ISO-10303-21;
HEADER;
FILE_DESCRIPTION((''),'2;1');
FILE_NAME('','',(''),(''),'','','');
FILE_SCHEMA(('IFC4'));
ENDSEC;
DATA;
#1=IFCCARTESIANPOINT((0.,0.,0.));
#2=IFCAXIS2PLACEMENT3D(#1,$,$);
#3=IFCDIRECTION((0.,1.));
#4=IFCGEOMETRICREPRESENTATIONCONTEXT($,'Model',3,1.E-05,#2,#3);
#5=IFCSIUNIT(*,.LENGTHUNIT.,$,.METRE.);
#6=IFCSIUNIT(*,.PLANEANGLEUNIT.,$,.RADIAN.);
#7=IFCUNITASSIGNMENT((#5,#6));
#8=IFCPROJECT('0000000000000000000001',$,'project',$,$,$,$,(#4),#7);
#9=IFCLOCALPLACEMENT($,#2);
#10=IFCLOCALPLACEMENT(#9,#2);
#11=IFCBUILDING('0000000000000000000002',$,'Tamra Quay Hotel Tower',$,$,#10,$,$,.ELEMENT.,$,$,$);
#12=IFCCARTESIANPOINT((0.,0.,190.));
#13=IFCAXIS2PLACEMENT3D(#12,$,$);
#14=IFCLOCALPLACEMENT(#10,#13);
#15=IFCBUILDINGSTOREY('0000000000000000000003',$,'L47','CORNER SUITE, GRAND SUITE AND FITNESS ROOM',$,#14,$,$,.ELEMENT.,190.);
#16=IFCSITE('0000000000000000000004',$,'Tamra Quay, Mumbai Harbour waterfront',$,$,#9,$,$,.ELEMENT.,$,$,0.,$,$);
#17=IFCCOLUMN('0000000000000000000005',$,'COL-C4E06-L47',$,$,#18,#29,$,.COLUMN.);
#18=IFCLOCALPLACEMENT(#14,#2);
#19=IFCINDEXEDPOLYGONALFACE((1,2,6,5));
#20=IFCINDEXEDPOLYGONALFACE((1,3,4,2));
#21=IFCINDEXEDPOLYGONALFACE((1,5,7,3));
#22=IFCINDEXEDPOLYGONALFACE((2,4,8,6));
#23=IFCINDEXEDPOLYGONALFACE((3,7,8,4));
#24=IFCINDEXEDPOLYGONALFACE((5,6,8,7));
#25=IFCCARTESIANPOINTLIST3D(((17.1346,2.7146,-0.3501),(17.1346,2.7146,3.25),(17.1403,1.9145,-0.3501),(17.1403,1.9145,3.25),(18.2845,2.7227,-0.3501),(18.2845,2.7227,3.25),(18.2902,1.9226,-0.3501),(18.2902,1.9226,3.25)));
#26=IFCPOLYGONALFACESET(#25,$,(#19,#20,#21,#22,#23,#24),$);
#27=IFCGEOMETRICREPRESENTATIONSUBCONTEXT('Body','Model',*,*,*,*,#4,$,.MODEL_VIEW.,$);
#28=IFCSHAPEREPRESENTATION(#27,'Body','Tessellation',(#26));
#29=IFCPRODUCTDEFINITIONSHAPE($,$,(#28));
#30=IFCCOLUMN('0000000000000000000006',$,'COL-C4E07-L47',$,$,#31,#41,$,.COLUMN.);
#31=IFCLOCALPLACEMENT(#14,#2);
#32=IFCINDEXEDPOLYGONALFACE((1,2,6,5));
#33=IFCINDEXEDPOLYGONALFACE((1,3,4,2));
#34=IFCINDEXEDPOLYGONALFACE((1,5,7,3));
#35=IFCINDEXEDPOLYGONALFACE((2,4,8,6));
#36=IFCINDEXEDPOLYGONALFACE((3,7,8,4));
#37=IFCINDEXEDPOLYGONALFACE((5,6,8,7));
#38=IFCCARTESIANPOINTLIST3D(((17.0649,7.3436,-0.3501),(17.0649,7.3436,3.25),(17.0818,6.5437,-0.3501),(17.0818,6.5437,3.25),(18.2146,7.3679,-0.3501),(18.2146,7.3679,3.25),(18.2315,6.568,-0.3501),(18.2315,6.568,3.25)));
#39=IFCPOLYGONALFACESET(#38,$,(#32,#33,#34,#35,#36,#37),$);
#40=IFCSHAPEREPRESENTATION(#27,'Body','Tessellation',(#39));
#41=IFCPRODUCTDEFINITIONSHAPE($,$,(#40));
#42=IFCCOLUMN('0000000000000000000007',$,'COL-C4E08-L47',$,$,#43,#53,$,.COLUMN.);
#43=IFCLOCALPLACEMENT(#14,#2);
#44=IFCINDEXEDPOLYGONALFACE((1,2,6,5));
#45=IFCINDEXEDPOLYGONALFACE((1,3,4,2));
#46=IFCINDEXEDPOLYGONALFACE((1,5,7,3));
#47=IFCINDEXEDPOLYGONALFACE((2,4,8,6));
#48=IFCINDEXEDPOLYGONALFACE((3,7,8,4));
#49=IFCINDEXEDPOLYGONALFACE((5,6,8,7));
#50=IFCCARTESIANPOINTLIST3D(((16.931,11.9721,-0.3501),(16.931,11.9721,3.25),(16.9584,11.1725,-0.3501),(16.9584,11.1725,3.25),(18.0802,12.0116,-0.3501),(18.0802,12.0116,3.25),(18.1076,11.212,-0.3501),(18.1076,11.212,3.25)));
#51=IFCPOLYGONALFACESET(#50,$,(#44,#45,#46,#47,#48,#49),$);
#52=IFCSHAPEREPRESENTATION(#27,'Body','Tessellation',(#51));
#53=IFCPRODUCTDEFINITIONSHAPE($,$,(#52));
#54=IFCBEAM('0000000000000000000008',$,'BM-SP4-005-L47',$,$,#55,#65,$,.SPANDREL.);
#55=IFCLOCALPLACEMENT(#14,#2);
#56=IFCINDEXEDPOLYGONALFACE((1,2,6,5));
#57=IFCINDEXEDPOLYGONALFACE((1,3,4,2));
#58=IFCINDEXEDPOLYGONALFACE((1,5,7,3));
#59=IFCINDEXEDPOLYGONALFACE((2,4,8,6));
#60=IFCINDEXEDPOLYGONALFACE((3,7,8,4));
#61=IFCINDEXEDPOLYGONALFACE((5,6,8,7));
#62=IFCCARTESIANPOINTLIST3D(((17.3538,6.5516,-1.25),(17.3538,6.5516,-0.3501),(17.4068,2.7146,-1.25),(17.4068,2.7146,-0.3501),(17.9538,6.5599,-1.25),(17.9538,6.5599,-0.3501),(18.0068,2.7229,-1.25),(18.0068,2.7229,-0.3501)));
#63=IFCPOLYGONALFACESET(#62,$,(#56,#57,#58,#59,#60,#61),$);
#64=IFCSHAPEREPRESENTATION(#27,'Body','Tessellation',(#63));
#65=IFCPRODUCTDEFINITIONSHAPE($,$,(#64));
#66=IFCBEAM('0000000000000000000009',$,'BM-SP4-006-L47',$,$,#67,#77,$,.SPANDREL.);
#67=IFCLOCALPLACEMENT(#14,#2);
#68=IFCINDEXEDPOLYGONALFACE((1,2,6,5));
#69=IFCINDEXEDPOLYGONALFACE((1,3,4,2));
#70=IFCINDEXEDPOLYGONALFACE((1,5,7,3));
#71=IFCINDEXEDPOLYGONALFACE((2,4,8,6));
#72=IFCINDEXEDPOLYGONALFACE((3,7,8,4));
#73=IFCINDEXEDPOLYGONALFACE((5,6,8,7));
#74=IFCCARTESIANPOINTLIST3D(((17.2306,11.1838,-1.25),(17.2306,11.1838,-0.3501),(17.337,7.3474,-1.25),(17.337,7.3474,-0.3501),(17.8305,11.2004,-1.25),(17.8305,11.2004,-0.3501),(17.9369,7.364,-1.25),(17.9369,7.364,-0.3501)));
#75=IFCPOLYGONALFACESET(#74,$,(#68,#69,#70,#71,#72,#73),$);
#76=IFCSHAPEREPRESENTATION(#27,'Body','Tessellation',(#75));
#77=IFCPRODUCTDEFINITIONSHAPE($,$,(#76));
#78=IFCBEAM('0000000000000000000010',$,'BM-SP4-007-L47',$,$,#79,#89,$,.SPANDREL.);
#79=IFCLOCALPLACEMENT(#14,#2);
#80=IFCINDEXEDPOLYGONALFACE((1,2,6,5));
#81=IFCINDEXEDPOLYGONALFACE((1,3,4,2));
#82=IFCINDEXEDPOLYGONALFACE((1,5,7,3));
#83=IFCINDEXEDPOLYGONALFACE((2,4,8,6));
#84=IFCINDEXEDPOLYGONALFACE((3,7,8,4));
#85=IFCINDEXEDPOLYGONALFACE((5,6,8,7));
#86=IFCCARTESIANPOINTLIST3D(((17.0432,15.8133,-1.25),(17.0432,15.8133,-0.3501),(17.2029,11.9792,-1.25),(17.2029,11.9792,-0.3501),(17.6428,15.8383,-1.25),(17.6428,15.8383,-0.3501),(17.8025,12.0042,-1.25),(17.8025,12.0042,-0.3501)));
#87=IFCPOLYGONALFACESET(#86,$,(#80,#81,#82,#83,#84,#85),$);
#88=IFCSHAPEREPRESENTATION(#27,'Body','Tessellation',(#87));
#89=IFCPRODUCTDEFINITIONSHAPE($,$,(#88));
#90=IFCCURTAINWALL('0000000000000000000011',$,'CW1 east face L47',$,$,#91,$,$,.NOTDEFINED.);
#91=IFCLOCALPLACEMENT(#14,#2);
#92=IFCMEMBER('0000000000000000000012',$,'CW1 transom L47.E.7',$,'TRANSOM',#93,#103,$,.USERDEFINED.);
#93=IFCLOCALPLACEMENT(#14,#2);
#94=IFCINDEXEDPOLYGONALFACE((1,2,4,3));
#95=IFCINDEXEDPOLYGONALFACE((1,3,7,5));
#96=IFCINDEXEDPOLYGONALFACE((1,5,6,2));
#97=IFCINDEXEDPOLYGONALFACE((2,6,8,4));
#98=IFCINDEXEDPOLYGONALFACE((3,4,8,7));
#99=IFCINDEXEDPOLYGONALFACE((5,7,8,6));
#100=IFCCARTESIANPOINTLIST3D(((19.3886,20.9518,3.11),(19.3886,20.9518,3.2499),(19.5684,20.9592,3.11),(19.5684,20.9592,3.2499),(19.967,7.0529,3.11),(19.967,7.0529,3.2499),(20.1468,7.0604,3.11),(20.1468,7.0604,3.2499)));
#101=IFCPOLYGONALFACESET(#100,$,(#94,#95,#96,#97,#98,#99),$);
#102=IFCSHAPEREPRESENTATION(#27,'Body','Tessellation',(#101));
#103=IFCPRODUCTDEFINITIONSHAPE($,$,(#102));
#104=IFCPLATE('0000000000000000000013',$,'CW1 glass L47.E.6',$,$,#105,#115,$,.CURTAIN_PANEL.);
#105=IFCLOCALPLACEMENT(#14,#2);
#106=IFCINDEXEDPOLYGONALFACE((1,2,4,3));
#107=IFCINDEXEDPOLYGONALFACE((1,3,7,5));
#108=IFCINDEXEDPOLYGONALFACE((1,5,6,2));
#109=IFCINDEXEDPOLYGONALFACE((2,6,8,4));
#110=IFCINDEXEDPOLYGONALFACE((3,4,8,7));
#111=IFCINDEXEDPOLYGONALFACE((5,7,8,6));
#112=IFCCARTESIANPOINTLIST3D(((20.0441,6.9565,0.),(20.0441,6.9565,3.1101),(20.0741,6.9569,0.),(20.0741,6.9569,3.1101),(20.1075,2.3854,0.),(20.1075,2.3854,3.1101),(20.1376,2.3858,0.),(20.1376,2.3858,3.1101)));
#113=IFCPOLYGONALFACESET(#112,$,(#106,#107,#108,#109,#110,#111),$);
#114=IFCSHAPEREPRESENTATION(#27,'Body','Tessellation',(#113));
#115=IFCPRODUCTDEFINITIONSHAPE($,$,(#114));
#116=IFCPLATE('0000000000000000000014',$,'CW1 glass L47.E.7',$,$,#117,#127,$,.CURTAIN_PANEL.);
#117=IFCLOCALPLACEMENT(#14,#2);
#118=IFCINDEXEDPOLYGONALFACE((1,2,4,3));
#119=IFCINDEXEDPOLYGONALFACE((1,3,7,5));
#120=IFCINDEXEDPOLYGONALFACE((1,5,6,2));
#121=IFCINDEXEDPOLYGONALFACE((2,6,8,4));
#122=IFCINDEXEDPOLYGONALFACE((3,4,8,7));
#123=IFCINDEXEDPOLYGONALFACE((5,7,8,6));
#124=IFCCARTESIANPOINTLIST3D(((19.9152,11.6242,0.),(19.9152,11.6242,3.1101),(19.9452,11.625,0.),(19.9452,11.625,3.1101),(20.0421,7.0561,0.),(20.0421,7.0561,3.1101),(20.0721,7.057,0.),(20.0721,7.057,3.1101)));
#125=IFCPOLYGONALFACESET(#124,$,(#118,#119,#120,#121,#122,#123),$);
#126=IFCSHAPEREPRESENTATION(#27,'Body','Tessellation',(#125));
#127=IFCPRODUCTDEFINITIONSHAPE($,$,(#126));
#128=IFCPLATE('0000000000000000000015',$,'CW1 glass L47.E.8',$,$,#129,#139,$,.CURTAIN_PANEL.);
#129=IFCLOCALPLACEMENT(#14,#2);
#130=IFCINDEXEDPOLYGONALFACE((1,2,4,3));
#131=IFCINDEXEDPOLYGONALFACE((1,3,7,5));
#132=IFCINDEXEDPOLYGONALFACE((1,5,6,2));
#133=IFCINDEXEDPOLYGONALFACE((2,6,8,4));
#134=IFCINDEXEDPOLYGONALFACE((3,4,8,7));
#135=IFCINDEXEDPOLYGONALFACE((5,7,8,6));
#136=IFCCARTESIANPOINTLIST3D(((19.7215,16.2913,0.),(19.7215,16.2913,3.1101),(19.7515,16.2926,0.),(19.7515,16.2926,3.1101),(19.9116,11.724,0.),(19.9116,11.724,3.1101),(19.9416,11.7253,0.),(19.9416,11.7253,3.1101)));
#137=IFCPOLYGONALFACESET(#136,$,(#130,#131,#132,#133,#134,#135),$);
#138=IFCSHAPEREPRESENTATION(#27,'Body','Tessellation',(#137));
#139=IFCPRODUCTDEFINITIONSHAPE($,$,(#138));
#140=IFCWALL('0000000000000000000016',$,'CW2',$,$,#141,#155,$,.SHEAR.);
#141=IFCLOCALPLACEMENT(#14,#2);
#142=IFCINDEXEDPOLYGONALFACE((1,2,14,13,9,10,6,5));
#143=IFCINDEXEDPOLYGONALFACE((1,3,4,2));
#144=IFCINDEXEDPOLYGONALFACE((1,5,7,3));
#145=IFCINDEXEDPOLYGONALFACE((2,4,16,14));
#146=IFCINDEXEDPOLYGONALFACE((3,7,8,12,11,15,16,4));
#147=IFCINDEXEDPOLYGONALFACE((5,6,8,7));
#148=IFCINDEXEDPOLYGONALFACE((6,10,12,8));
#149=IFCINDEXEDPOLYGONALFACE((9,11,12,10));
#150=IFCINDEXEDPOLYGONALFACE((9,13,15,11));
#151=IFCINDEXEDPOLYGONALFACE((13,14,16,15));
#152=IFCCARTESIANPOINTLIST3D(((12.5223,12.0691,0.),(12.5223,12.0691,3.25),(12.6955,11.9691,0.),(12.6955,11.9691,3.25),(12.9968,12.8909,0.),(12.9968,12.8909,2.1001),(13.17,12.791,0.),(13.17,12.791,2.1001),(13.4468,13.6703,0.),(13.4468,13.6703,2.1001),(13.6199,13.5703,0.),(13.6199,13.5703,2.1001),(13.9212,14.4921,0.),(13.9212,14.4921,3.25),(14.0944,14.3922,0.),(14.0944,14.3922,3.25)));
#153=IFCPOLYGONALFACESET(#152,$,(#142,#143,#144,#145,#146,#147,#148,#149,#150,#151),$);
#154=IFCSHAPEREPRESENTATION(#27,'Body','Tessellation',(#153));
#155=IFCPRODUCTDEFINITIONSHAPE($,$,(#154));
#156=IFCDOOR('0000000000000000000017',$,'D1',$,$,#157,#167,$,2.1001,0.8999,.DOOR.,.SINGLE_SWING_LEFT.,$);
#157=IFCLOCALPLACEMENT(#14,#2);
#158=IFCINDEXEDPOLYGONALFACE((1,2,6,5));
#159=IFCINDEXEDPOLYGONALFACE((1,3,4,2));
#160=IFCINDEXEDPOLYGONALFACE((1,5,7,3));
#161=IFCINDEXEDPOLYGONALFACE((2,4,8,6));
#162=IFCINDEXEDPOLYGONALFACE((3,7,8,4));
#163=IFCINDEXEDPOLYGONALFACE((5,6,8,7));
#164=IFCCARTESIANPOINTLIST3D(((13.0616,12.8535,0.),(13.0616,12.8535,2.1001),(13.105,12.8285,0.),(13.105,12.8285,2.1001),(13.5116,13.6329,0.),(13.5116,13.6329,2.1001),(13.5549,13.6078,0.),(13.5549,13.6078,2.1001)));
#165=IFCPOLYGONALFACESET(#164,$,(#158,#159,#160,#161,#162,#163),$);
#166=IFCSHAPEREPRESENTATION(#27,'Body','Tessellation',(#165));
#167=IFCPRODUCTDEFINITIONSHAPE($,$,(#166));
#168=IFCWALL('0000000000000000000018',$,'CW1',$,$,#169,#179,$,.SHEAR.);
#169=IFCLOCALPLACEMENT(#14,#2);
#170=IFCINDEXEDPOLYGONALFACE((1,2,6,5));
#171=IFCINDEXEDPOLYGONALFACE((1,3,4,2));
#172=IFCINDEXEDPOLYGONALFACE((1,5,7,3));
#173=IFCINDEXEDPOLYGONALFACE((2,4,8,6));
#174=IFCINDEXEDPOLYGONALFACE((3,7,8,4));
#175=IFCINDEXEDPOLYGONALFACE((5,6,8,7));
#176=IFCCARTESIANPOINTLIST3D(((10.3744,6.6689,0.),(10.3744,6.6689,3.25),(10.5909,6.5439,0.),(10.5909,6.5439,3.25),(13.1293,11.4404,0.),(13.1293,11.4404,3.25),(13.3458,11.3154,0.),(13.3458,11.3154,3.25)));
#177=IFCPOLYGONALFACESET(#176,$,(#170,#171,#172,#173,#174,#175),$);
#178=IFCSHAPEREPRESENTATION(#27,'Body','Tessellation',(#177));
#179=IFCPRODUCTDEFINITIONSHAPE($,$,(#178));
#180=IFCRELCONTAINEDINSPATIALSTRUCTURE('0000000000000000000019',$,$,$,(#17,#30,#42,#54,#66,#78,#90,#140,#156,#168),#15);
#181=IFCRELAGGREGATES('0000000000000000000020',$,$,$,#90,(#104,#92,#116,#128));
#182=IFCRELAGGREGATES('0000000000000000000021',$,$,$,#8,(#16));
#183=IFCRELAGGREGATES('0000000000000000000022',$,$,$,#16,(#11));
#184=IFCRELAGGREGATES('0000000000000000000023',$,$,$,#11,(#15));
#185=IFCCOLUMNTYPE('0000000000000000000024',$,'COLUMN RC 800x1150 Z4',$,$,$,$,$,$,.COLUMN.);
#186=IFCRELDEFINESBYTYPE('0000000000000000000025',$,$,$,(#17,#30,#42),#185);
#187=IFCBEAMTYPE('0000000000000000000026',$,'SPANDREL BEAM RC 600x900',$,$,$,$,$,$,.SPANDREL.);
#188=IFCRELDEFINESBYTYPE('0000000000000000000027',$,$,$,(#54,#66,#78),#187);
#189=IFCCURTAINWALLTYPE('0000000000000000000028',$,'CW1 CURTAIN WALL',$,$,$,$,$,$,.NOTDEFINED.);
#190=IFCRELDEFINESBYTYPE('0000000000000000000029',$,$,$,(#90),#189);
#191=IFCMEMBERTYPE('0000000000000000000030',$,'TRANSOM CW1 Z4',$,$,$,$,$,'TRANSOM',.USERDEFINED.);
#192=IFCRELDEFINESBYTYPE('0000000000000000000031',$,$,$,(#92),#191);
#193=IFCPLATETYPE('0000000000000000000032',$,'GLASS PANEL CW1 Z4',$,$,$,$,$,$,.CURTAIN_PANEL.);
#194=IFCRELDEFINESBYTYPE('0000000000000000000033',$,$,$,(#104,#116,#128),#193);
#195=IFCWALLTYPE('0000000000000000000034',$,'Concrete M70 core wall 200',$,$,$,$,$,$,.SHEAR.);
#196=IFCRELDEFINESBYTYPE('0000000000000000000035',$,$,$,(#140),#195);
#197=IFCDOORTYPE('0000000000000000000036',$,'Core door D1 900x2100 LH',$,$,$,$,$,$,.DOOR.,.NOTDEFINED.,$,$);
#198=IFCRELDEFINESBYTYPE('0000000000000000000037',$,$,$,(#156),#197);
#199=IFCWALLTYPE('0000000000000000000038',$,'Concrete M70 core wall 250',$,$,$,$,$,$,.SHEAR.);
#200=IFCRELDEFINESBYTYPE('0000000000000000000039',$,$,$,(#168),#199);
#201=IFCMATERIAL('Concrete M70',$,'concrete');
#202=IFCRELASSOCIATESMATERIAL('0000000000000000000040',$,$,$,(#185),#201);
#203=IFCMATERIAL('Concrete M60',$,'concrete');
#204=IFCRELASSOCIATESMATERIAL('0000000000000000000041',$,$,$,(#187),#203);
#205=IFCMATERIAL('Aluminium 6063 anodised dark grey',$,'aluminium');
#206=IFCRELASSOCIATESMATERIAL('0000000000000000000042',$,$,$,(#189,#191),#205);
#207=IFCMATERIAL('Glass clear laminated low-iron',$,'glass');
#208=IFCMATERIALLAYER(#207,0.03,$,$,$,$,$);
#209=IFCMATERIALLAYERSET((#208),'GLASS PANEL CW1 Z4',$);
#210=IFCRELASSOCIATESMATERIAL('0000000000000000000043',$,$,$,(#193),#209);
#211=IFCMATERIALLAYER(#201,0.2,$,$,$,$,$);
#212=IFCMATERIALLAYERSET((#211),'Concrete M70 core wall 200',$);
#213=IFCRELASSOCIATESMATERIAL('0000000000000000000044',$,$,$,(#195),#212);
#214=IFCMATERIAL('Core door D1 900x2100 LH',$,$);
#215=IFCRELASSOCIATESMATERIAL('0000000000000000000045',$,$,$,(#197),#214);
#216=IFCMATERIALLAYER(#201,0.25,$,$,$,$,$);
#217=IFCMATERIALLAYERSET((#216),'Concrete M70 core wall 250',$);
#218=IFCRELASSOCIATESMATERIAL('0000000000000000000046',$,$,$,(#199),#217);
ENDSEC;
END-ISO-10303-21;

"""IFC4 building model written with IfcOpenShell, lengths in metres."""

from ifc_helpers import new_model, si_unit, direction, frame, frame_2d, origin, origin_2d, place, context, subcontext, project, spatial, rectangle, extrude, material, layer, layer_set, material_profile, profile_set, type_object, element, fill, aggregate, save


model = new_model("IFC4")

# Units and contexts
model_context = context("Model", 3, precision=1e-05, world=origin(), true_north=direction((0.0, 1.0)))
body_context = subcontext(model_context, "Body", "Model", "MODEL_VIEW")
ifc_project = project(units=[si_unit("LENGTHUNIT", "METRE"), si_unit("PLANEANGLEUNIT", "RADIAN")], contexts=[model_context])

# Site, building, storey
site_placement = place(None, origin())
site = spatial("IfcSite", under=ifc_project, at=site_placement, Name="Tamra Quay, Mumbai Harbour waterfront", CompositionType="ELEMENT", RefElevation=0.0)
building_placement = place(site_placement, origin())
building = spatial("IfcBuilding", under=site, at=building_placement, Name="Tamra Quay Hotel Tower", CompositionType="ELEMENT")
storey_placement = place(building_placement, frame((0.0, 0.0, 190.0)))
storey = spatial("IfcBuildingStorey", under=building, at=storey_placement, Name="L47", Description="CORNER SUITE, GRAND SUITE AND FITNESS ROOM", CompositionType="ELEMENT", Elevation=190.0)

# Columns
ifc_material_1 = material(Name="Concrete M70", Category="concrete")
ifc_material_profile_1 = material_profile(ifc_material_1, rectangle(XDim=1.1499, YDim=0.8, at=origin_2d()), Name="COLUMN RC 800x1150 Z4")
ifc_profile_set_1 = profile_set([ifc_material_profile_1], Name="Concrete M70")
column_type = type_object("IfcColumnType", Name="COLUMN RC 800x1150 Z4", PredefinedType="COLUMN", material=ifc_profile_set_1)
for number, where, z_axis, x_axis, name in (
    (1, (17.7124, 2.3186, -0.3501), (0.0, 0.0, 1.0), (0.999975, 0.007041, 0.0), "COL-C4E06-L47"),
    (2, (17.6482, 6.9558, -0.3501), (0.0, 0.0, 1.0), (0.999777, 0.021115, 0.0), "COL-C4E07-L47"),
    (3, (17.5193, 11.592, -0.3501), (0.0, 0.0, 1.0), (0.999412, 0.034299, 0.0), "COL-C4E08-L47"),
):
    element("IfcColumn", number, at=place(storey_placement, frame(where, z_axis=z_axis, x_axis=x_axis)), inside=storey, type_object=column_type, Name=name, PredefinedType="COLUMN", context=body_context, shape_type="SweptSolid", body=[
        extrude(rectangle(XDim=1.1499, YDim=0.8, at=origin_2d()), origin(), (0.0, 0.0, 1.0), 3.6001),
    ])

# Beams
ifc_material_2 = material(Name="Concrete M60", Category="concrete")
ifc_material_profile_2 = material_profile(ifc_material_2, rectangle(XDim=0.6001, YDim=0.8999, at=origin_2d()), Name="SPANDREL BEAM RC 600x900")
ifc_profile_set_2 = profile_set([ifc_material_profile_2], Name="Concrete M60")
beam_type = type_object("IfcBeamType", Name="SPANDREL BEAM RC 600x900", PredefinedType="SPANDREL", material=ifc_profile_set_2)
beam_1_placement = place(storey_placement, frame((17.7068, 2.7188, -0.8), z_axis=(-0.013805, 0.999905, 0.0), x_axis=(-0.999905, -0.013805, 0.0)))
element("IfcBeam", 4, at=beam_1_placement, inside=storey, type_object=beam_type, Name="BM-SP4-005-L47", PredefinedType="SPANDREL", context=body_context, shape_type="SweptSolid", body=[
    extrude(rectangle(XDim=0.6001, YDim=0.8999, at=origin_2d()), origin(), (0.0, 0.0, 1.0), 3.8374),
])
beam_2_placement = place(storey_placement, frame((17.637, 7.3557, -0.8), z_axis=(-0.027735, 0.999615, 0.0), x_axis=(-0.999615, -0.027735, 0.0)))
element("IfcBeam", 5, at=beam_2_placement, inside=storey, type_object=beam_type, Name="BM-SP4-006-L47", PredefinedType="SPANDREL", context=body_context, shape_type="SweptSolid", body=[
    extrude(rectangle(XDim=0.6001, YDim=0.8999, at=origin_2d()), origin(), (0.0, 0.0, 1.0), 3.8379),
])
beam_3_placement = place(storey_placement, frame((17.5027, 11.9917, -0.8), z_axis=(-0.041609, 0.999134, 0.0), x_axis=(-0.999134, -0.041609, 0.0)))
element("IfcBeam", 6, at=beam_3_placement, inside=storey, type_object=beam_type, Name="BM-SP4-007-L47", PredefinedType="SPANDREL", context=body_context, shape_type="SweptSolid", body=[
    extrude(rectangle(XDim=0.6001, YDim=0.8999, at=origin_2d()), origin(), (0.0, 0.0, 1.0), 3.8374),
])

# Curtain wall, member, plates
ifc_material_3 = material(Name="Aluminium 6063 anodised dark grey", Category="aluminium")
curtain_wall_type = type_object("IfcCurtainWallType", Name="CW1 CURTAIN WALL", PredefinedType="NOTDEFINED", material=ifc_material_3)
curtain_wall_placement = place(storey_placement, origin())
curtain_wall = element("IfcCurtainWall", 7, at=curtain_wall_placement, inside=storey, type_object=curtain_wall_type, Name="CW1 east face L47", PredefinedType="NOTDEFINED")
ifc_material_profile_3 = material_profile(ifc_material_3, rectangle(XDim=0.1799, YDim=0.1399, at=origin_2d()), Name="TRANSOM 180X140")
ifc_profile_set_3 = profile_set([ifc_material_profile_3], Name="Aluminium 6063 anodised dark grey")
member_type = type_object("IfcMemberType", Name="TRANSOM CW1 Z4", ElementType="TRANSOM", PredefinedType="USERDEFINED", material=ifc_profile_set_3)
member_placement = place(storey_placement, frame((20.0569, 7.0566, 3.1799), z_axis=(-0.041577, 0.999135, 0.0), x_axis=(-0.999135, -0.041577, 0.0)))
member = element("IfcMember", 8, at=member_placement, type_object=member_type, Name="CW1 transom L47.E.7", ObjectType="TRANSOM", PredefinedType="USERDEFINED", context=body_context, shape_type="SweptSolid", body=[
    extrude(rectangle(XDim=0.1799, YDim=0.1399, at=origin_2d()), origin(), (0.0, 0.0, 1.0), 13.9109),
])
ifc_material_4 = material(Name="Glass clear laminated low-iron", Category="glass")
ifc_layer_1 = layer(ifc_material_4, 0.03)
ifc_layer_set_1 = layer_set([ifc_layer_1], Name="GLASS PANEL CW1 Z4")
plate_type = type_object("IfcPlateType", Name="GLASS PANEL CW1 Z4", PredefinedType="CURTAIN_PANEL", material=ifc_layer_set_1)
plate_1_placement = place(storey_placement, frame((20.0908, 4.6711, 0.0), z_axis=(0.0, 0.0, 1.0), x_axis=(-0.013886, 0.999904, 0.0)))
plate_1 = element("IfcPlate", 9, at=plate_1_placement, type_object=plate_type, Name="CW1 glass L47.E.6", PredefinedType="CURTAIN_PANEL", context=body_context, shape_type="SweptSolid", body=[
    extrude(rectangle(XDim=4.5715, YDim=0.03, at=origin_2d()), origin(), (0.0, 0.0, 1.0), 3.1101),
])
plate_2_placement = place(storey_placement, frame((19.9937, 9.3406, 0.0), z_axis=(0.0, 0.0, 1.0), x_axis=(-0.027754, 0.999615, 0.0)))
plate_2 = element("IfcPlate", 10, at=plate_2_placement, type_object=plate_type, Name="CW1 glass L47.E.7", PredefinedType="CURTAIN_PANEL", context=body_context, shape_type="SweptSolid", body=[
    extrude(rectangle(XDim=4.5698, YDim=0.03, at=origin_2d()), origin(), (0.0, 0.0, 1.0), 3.1101),
])
plate_3_placement = place(storey_placement, frame((19.8315, 14.0083, 0.0), z_axis=(0.0, 0.0, 1.0), x_axis=(-0.041599, 0.999134, 0.0)))
plate_3 = element("IfcPlate", 11, at=plate_3_placement, type_object=plate_type, Name="CW1 glass L47.E.8", PredefinedType="CURTAIN_PANEL", context=body_context, shape_type="SweptSolid", body=[
    extrude(rectangle(XDim=4.5713, YDim=0.03, at=origin_2d()), origin(), (0.0, 0.0, 1.0), 3.1101),
])
aggregate(curtain_wall, [plate_1, member, plate_2, plate_3])

# Wall, opening, door
ifc_layer_2 = layer(ifc_material_1, 0.2)
ifc_layer_set_2 = layer_set([ifc_layer_2], Name="Concrete M70 core wall 200")
wall_type_1 = type_object("IfcWallType", Name="Concrete M70 core wall 200", PredefinedType="SHEAR", material=ifc_layer_set_2)
wall_1_placement = place(storey_placement, frame((14.0078, 14.4421, 0.0), z_axis=(0.0, 0.0, 1.0), x_axis=(-0.499987, -0.866033, 0.0)))
wall_1 = element("IfcWall", 12, at=wall_1_placement, inside=storey, type_object=wall_type_1, Name="CW2", PredefinedType="SHEAR", context=body_context, shape_type="SweptSolid", body=[
    extrude(rectangle(XDim=2.7979, YDim=0.2, at=frame_2d((1.3989, 0.0))), origin(), (0.0, 0.0, 1.0), 3.25),
])
opening_placement = place(wall_1_placement, frame((0.949, 0.0, 0.0)))
opening = element("IfcOpeningElement", 13, at=opening_placement, cuts=wall_1, PredefinedType="OPENING", context=body_context, shape_type="SweptSolid", body=[
    extrude(rectangle(XDim=0.8999, YDim=2.1001, at=frame_2d((0.45, 1.05))), frame((0.0, 0.1099, 0.0), z_axis=(0.0, -1.0, 0.0), x_axis=(1.0, 0.0, 0.0)), (0.0, 0.0, 1.0), 0.22),
])
ifc_material_5 = material(Name="Core door D1 900x2100 LH")
door_type = type_object("IfcDoorType", Name="Core door D1 900x2100 LH", OperationType="NOTDEFINED", PredefinedType="DOOR", material=ifc_material_5)
door_placement = place(opening_placement, origin())
door = element("IfcDoor", 14, at=door_placement, inside=storey, type_object=door_type, Name="D1", OperationType="SINGLE_SWING_LEFT", OverallHeight=2.1001, OverallWidth=0.8999, PredefinedType="DOOR", context=body_context, shape_type="SweptSolid", body=[
    extrude(rectangle(XDim=0.8999, YDim=2.1001, at=frame_2d((0.45, 1.05))), frame((0.0, 0.0249, 0.0), z_axis=(0.0, -1.0, 0.0), x_axis=(1.0, 0.0, 0.0)), (0.0, 0.0, 1.0), 0.05),
])
fill(opening, door)

# Wall
ifc_layer_3 = layer(ifc_material_1, 0.25)
ifc_layer_set_3 = layer_set([ifc_layer_3], Name="Concrete M70 core wall 250")
wall_type_2 = type_object("IfcWallType", Name="Concrete M70 core wall 250", PredefinedType="SHEAR", material=ifc_layer_set_3)
wall_2_placement = place(storey_placement, frame((13.2375, 11.3779, 0.0), z_axis=(0.0, 0.0, 1.0), x_axis=(-0.500009, -0.86602, 0.0)))
element("IfcWall", 15, at=wall_2_placement, inside=storey, type_object=wall_type_2, Name="CW1", PredefinedType="SHEAR", context=body_context, shape_type="SweptSolid", body=[
    extrude(rectangle(XDim=5.5098, YDim=0.25, at=frame_2d((2.7549, 0.0))), origin(), (0.0, 0.0, 1.0), 3.25),
])

save(model, "model.ifc")
